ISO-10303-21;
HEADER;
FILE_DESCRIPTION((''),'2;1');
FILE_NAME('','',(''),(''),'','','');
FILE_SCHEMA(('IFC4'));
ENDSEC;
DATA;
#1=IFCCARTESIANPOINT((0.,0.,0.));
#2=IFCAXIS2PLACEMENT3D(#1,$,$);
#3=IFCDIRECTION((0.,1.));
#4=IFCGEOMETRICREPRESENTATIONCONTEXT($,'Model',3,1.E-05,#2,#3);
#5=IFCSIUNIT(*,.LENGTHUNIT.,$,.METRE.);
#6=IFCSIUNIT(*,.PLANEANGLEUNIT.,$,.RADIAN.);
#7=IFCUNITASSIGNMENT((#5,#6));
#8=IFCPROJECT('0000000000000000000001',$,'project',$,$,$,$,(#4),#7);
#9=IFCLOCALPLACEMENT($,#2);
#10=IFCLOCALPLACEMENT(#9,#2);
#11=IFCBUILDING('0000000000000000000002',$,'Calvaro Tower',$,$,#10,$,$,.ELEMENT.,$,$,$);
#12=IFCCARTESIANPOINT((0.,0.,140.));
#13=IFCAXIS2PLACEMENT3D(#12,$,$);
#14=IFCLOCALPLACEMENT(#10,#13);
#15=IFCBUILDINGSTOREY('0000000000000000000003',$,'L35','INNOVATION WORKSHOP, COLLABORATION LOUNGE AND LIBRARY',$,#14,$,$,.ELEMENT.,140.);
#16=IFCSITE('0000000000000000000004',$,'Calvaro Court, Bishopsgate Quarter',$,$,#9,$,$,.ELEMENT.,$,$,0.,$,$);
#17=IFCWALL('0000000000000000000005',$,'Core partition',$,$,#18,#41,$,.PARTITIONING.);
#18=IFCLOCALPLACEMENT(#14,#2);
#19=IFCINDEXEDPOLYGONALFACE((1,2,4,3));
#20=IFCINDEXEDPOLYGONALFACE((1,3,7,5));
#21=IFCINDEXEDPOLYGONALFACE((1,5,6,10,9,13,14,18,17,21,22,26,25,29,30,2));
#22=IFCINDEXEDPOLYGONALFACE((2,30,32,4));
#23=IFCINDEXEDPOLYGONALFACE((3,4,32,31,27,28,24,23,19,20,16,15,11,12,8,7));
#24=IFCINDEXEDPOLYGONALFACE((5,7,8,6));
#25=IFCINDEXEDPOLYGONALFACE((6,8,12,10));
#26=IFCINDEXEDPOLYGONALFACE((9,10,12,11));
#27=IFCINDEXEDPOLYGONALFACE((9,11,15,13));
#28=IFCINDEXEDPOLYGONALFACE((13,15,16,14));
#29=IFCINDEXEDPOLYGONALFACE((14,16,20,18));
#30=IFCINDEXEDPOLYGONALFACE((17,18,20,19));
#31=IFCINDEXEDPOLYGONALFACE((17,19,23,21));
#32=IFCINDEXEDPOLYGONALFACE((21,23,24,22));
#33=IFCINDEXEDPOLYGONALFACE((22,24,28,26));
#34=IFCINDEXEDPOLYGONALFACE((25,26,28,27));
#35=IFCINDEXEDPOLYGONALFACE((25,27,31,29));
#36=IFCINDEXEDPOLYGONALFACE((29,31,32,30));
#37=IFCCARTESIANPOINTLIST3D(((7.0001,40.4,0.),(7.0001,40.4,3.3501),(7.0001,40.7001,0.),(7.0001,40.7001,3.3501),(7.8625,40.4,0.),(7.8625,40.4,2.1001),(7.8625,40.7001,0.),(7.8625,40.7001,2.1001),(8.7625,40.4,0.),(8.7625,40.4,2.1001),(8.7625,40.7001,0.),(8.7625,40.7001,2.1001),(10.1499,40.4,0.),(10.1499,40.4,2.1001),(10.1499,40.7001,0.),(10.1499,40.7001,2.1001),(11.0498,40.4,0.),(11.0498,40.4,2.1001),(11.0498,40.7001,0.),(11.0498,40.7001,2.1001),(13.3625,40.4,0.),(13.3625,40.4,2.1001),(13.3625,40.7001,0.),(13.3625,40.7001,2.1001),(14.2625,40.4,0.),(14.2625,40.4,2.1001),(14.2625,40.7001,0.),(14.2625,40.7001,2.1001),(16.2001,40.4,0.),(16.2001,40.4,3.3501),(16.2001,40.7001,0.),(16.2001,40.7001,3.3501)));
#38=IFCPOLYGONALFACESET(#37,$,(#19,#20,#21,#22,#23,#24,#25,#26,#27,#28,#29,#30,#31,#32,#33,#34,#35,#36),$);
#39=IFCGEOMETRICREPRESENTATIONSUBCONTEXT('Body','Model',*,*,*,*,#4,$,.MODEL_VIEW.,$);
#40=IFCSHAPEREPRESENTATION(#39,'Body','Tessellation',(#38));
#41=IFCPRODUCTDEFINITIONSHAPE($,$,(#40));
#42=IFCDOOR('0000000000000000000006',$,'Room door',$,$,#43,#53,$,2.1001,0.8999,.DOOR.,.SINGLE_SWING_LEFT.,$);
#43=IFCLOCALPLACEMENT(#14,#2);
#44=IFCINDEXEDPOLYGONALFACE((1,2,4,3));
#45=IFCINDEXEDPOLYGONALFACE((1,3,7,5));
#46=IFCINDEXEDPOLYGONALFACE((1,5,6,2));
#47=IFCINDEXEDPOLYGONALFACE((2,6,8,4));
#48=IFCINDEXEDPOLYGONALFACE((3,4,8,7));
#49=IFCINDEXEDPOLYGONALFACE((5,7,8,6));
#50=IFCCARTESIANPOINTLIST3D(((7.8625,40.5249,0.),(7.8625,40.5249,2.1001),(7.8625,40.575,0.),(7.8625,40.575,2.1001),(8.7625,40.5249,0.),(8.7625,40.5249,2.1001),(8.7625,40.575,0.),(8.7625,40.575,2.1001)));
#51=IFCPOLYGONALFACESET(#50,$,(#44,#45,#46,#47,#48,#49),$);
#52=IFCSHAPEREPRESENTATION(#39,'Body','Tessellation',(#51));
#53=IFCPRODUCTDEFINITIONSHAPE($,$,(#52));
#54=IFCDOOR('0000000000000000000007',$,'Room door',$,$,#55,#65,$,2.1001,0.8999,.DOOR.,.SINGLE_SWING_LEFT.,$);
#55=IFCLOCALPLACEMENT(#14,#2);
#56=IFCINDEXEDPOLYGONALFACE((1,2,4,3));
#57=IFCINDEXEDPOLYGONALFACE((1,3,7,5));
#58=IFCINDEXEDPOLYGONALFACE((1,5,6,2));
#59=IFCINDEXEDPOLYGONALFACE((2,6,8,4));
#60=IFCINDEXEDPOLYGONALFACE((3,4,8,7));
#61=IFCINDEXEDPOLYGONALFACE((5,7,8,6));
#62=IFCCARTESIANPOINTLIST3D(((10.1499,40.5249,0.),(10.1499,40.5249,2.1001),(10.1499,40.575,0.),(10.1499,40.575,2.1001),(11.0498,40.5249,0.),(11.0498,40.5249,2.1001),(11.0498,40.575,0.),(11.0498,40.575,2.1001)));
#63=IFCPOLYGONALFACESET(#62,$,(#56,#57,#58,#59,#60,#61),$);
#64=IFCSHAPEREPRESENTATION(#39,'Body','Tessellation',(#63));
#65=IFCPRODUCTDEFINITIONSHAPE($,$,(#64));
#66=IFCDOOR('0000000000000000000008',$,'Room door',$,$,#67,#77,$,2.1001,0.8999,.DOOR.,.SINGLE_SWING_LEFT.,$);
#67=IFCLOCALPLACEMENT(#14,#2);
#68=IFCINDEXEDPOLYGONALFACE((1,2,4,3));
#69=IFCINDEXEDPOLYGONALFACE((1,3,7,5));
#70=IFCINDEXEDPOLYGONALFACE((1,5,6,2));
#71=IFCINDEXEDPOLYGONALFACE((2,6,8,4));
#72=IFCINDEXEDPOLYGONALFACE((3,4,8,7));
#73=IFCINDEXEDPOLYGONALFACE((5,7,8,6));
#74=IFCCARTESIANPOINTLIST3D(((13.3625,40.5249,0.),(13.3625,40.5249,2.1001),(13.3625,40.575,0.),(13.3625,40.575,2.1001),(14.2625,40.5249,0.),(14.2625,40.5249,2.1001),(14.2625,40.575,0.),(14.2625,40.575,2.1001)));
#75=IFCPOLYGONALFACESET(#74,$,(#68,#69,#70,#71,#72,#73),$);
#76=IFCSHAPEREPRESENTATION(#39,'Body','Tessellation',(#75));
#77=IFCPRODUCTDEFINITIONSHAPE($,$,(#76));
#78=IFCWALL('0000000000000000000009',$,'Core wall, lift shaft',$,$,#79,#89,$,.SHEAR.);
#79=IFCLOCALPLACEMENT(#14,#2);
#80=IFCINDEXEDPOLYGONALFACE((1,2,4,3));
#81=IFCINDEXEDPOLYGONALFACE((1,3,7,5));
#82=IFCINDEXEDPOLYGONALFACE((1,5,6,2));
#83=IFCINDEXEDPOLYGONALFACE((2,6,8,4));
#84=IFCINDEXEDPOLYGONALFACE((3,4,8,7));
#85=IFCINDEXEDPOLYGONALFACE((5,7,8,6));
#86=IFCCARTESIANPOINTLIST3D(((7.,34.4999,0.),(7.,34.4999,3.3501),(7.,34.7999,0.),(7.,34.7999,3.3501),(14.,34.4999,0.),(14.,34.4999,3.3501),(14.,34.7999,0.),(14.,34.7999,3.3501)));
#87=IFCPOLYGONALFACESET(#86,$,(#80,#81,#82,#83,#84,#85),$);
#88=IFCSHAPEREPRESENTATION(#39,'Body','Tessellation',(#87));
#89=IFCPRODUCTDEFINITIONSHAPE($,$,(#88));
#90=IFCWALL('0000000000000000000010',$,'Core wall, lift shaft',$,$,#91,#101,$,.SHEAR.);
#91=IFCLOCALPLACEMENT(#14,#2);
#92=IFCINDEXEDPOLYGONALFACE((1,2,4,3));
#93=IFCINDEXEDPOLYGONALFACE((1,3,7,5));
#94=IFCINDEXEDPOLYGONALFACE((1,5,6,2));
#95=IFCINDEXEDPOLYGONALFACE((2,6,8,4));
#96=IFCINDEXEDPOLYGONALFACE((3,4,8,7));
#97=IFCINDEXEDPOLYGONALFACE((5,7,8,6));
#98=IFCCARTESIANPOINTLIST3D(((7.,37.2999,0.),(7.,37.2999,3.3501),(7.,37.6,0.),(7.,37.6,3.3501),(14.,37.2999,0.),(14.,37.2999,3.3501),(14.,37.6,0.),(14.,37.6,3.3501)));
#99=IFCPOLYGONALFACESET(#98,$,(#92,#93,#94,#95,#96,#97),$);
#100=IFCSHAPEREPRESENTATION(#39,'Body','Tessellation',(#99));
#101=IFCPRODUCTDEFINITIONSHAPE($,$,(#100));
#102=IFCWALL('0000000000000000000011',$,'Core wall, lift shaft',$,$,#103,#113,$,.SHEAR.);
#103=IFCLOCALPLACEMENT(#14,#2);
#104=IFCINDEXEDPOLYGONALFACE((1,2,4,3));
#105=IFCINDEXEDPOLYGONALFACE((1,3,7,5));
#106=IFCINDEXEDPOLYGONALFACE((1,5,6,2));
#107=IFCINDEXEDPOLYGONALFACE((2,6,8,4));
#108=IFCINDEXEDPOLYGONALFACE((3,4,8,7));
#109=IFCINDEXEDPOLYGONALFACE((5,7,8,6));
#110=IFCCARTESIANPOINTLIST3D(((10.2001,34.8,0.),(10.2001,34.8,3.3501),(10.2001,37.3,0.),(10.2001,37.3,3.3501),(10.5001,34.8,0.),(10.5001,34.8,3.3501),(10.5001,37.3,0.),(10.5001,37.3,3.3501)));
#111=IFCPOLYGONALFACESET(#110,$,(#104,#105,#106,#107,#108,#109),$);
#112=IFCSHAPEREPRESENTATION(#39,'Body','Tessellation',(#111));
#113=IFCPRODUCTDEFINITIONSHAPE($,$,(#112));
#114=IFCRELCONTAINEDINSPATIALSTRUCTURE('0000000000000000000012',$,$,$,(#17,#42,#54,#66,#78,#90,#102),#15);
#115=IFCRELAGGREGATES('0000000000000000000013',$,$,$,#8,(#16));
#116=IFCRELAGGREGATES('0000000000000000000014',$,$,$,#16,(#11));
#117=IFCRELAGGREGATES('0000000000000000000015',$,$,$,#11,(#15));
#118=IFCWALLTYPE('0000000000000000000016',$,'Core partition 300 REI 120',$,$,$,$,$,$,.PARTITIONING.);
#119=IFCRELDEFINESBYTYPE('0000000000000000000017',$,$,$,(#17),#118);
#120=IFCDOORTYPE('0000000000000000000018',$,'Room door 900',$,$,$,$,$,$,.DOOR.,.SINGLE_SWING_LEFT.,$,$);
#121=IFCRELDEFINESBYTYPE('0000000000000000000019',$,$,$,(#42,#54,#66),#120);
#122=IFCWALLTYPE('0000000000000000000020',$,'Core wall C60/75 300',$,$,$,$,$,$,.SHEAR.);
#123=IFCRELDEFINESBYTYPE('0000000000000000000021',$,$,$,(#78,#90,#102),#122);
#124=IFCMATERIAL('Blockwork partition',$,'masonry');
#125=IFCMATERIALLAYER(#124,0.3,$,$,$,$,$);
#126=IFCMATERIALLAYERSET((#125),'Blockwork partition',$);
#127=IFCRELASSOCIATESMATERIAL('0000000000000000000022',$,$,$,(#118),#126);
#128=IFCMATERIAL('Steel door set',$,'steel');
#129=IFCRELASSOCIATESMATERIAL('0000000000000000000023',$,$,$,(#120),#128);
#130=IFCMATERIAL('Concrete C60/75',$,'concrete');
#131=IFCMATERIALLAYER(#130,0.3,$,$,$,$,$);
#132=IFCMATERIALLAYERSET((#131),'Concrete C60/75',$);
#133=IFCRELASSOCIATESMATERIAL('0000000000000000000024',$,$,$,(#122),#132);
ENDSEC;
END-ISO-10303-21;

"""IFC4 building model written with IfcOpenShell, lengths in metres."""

from ifc_helpers import new_model, si_unit, direction, frame, frame_2d, origin, place, context, subcontext, project, spatial, rectangle, extrude, material, layer, layer_set, type_object, element, fill, save


model = new_model("IFC4")

# Units and contexts
model_context = context("Model", 3, precision=1e-05, world=origin(), true_north=direction((0.0, 1.0)))
body_context = subcontext(model_context, "Body", "Model", "MODEL_VIEW")
ifc_project = project(units=[si_unit("LENGTHUNIT", "METRE"), si_unit("PLANEANGLEUNIT", "RADIAN")], contexts=[model_context])

# Site, building, storey
site_placement = place(None, origin())
site = spatial("IfcSite", under=ifc_project, at=site_placement, Name="Calvaro Court, Bishopsgate Quarter", CompositionType="ELEMENT", RefElevation=0.0)
building_placement = place(site_placement, origin())
building = spatial("IfcBuilding", under=site, at=building_placement, Name="Calvaro Tower", CompositionType="ELEMENT")
storey_placement = place(building_placement, frame((0.0, 0.0, 140.0)))
storey = spatial("IfcBuildingStorey", under=building, at=storey_placement, Name="L35", Description="INNOVATION WORKSHOP, COLLABORATION LOUNGE AND LIBRARY", CompositionType="ELEMENT", Elevation=140.0)

# Wall, openings, doors
ifc_material_1 = material(Name="Blockwork partition", Category="masonry")
ifc_layer_1 = layer(ifc_material_1, 0.3)
ifc_layer_set_1 = layer_set([ifc_layer_1], Name="Blockwork partition")
wall_type_1 = type_object("IfcWallType", Name="Core partition 300 REI 120", PredefinedType="PARTITIONING", material=ifc_layer_set_1)
wall_1_placement = place(storey_placement, frame((7.0, 40.55, 0.0), z_axis=(0.0, 0.0, 1.0), x_axis=(1.0, 0.0, 0.0)))
wall_1 = element("IfcWall", 1, at=wall_1_placement, inside=storey, type_object=wall_type_1, Name="Core partition", PredefinedType="PARTITIONING", context=body_context, shape_type="SweptSolid", body=[
    extrude(rectangle(XDim=9.2, YDim=0.3, at=frame_2d((4.6001, 0.0))), origin(), (0.0, 0.0, 1.0), 3.3501),
])
opening_1_placement = place(wall_1_placement, frame((0.8625, 0.0, 0.0)))
opening_1 = element("IfcOpeningElement", 2, at=opening_1_placement, cuts=wall_1, PredefinedType="OPENING", context=body_context, shape_type="SweptSolid", body=[
    extrude(rectangle(XDim=0.8999, YDim=2.1001, at=frame_2d((0.45, 1.05))), frame((0.0, 0.1599, 0.0), z_axis=(0.0, -1.0, 0.0), x_axis=(1.0, 0.0, 0.0)), (0.0, 0.0, 1.0), 0.3201),
])
opening_2_placement = place(wall_1_placement, frame((3.1499, 0.0, 0.0)))
opening_2 = element("IfcOpeningElement", 3, at=opening_2_placement, cuts=wall_1, PredefinedType="OPENING", context=body_context, shape_type="SweptSolid", body=[
    extrude(rectangle(XDim=0.8999, YDim=2.1001, at=frame_2d((0.45, 1.05))), frame((0.0, 0.1599, 0.0), z_axis=(0.0, -1.0, 0.0), x_axis=(1.0, 0.0, 0.0)), (0.0, 0.0, 1.0), 0.3201),
])
opening_3_placement = place(wall_1_placement, frame((6.3625, 0.0, 0.0)))
opening_3 = element("IfcOpeningElement", 4, at=opening_3_placement, cuts=wall_1, PredefinedType="OPENING", context=body_context, shape_type="SweptSolid", body=[
    extrude(rectangle(XDim=0.8999, YDim=2.1001, at=frame_2d((0.45, 1.05))), frame((0.0, 0.1599, 0.0), z_axis=(0.0, -1.0, 0.0), x_axis=(1.0, 0.0, 0.0)), (0.0, 0.0, 1.0), 0.3201),
])
ifc_material_2 = material(Name="Steel door set", Category="steel")
door_type = type_object("IfcDoorType", Name="Room door 900", OperationType="SINGLE_SWING_LEFT", PredefinedType="DOOR", material=ifc_material_2)
door_1_placement = place(opening_1_placement, origin())
door_1 = element("IfcDoor", 5, at=door_1_placement, inside=storey, type_object=door_type, Name="Room door", OperationType="SINGLE_SWING_LEFT", OverallHeight=2.1001, OverallWidth=0.8999, PredefinedType="DOOR", context=body_context, shape_type="SweptSolid", body=[
    extrude(rectangle(XDim=0.8999, YDim=2.1001, at=frame_2d((0.45, 1.05))), frame((0.0, 0.0249, 0.0), z_axis=(0.0, -1.0, 0.0), x_axis=(1.0, 0.0, 0.0)), (0.0, 0.0, 1.0), 0.05),
])
fill(opening_1, door_1)
door_2_placement = place(opening_2_placement, origin())
door_2 = element("IfcDoor", 6, at=door_2_placement, inside=storey, type_object=door_type, Name="Room door", OperationType="SINGLE_SWING_LEFT", OverallHeight=2.1001, OverallWidth=0.8999, PredefinedType="DOOR", context=body_context, shape_type="SweptSolid", body=[
    extrude(rectangle(XDim=0.8999, YDim=2.1001, at=frame_2d((0.45, 1.05))), frame((0.0, 0.0249, 0.0), z_axis=(0.0, -1.0, 0.0), x_axis=(1.0, 0.0, 0.0)), (0.0, 0.0, 1.0), 0.05),
])
fill(opening_2, door_2)
door_3_placement = place(opening_3_placement, origin())
door_3 = element("IfcDoor", 7, at=door_3_placement, inside=storey, type_object=door_type, Name="Room door", OperationType="SINGLE_SWING_LEFT", OverallHeight=2.1001, OverallWidth=0.8999, PredefinedType="DOOR", context=body_context, shape_type="SweptSolid", body=[
    extrude(rectangle(XDim=0.8999, YDim=2.1001, at=frame_2d((0.45, 1.05))), frame((0.0, 0.0249, 0.0), z_axis=(0.0, -1.0, 0.0), x_axis=(1.0, 0.0, 0.0)), (0.0, 0.0, 1.0), 0.05),
])
fill(opening_3, door_3)

# Walls
ifc_material_3 = material(Name="Concrete C60/75", Category="concrete")
ifc_layer_2 = layer(ifc_material_3, 0.3)
ifc_layer_set_2 = layer_set([ifc_layer_2], Name="Concrete C60/75")
wall_type_2 = type_object("IfcWallType", Name="Core wall C60/75 300", PredefinedType="SHEAR", material=ifc_layer_set_2)
for number, where, z_axis, x_axis, name in (
    (8, (7.0, 34.6499, 0.0), (0.0, 0.0, 1.0), (1.0, 0.0, 0.0), "Core wall, lift shaft"),
    (9, (7.0, 37.45, 0.0), (0.0, 0.0, 1.0), (1.0, 0.0, 0.0), "Core wall, lift shaft"),
):
    element("IfcWall", number, at=place(storey_placement, frame(where, z_axis=z_axis, x_axis=x_axis)), inside=storey, type_object=wall_type_2, Name=name, PredefinedType="SHEAR", context=body_context, shape_type="SweptSolid", body=[
        extrude(rectangle(XDim=7.0, YDim=0.3, at=frame_2d((3.5, 0.0))), origin(), (0.0, 0.0, 1.0), 3.3501),
    ])
wall_2_placement = place(storey_placement, frame((10.3501, 34.8, 0.0), z_axis=(0.0, 0.0, 1.0), x_axis=(0.0, 1.0, 0.0)))
element("IfcWall", 10, at=wall_2_placement, inside=storey, type_object=wall_type_2, Name="Core wall, lift shaft", PredefinedType="SHEAR", context=body_context, shape_type="SweptSolid", body=[
    extrude(rectangle(XDim=2.5, YDim=0.3, at=frame_2d((1.25, 0.0))), origin(), (0.0, 0.0, 1.0), 3.3501),
])

save(model, "model.ifc")
